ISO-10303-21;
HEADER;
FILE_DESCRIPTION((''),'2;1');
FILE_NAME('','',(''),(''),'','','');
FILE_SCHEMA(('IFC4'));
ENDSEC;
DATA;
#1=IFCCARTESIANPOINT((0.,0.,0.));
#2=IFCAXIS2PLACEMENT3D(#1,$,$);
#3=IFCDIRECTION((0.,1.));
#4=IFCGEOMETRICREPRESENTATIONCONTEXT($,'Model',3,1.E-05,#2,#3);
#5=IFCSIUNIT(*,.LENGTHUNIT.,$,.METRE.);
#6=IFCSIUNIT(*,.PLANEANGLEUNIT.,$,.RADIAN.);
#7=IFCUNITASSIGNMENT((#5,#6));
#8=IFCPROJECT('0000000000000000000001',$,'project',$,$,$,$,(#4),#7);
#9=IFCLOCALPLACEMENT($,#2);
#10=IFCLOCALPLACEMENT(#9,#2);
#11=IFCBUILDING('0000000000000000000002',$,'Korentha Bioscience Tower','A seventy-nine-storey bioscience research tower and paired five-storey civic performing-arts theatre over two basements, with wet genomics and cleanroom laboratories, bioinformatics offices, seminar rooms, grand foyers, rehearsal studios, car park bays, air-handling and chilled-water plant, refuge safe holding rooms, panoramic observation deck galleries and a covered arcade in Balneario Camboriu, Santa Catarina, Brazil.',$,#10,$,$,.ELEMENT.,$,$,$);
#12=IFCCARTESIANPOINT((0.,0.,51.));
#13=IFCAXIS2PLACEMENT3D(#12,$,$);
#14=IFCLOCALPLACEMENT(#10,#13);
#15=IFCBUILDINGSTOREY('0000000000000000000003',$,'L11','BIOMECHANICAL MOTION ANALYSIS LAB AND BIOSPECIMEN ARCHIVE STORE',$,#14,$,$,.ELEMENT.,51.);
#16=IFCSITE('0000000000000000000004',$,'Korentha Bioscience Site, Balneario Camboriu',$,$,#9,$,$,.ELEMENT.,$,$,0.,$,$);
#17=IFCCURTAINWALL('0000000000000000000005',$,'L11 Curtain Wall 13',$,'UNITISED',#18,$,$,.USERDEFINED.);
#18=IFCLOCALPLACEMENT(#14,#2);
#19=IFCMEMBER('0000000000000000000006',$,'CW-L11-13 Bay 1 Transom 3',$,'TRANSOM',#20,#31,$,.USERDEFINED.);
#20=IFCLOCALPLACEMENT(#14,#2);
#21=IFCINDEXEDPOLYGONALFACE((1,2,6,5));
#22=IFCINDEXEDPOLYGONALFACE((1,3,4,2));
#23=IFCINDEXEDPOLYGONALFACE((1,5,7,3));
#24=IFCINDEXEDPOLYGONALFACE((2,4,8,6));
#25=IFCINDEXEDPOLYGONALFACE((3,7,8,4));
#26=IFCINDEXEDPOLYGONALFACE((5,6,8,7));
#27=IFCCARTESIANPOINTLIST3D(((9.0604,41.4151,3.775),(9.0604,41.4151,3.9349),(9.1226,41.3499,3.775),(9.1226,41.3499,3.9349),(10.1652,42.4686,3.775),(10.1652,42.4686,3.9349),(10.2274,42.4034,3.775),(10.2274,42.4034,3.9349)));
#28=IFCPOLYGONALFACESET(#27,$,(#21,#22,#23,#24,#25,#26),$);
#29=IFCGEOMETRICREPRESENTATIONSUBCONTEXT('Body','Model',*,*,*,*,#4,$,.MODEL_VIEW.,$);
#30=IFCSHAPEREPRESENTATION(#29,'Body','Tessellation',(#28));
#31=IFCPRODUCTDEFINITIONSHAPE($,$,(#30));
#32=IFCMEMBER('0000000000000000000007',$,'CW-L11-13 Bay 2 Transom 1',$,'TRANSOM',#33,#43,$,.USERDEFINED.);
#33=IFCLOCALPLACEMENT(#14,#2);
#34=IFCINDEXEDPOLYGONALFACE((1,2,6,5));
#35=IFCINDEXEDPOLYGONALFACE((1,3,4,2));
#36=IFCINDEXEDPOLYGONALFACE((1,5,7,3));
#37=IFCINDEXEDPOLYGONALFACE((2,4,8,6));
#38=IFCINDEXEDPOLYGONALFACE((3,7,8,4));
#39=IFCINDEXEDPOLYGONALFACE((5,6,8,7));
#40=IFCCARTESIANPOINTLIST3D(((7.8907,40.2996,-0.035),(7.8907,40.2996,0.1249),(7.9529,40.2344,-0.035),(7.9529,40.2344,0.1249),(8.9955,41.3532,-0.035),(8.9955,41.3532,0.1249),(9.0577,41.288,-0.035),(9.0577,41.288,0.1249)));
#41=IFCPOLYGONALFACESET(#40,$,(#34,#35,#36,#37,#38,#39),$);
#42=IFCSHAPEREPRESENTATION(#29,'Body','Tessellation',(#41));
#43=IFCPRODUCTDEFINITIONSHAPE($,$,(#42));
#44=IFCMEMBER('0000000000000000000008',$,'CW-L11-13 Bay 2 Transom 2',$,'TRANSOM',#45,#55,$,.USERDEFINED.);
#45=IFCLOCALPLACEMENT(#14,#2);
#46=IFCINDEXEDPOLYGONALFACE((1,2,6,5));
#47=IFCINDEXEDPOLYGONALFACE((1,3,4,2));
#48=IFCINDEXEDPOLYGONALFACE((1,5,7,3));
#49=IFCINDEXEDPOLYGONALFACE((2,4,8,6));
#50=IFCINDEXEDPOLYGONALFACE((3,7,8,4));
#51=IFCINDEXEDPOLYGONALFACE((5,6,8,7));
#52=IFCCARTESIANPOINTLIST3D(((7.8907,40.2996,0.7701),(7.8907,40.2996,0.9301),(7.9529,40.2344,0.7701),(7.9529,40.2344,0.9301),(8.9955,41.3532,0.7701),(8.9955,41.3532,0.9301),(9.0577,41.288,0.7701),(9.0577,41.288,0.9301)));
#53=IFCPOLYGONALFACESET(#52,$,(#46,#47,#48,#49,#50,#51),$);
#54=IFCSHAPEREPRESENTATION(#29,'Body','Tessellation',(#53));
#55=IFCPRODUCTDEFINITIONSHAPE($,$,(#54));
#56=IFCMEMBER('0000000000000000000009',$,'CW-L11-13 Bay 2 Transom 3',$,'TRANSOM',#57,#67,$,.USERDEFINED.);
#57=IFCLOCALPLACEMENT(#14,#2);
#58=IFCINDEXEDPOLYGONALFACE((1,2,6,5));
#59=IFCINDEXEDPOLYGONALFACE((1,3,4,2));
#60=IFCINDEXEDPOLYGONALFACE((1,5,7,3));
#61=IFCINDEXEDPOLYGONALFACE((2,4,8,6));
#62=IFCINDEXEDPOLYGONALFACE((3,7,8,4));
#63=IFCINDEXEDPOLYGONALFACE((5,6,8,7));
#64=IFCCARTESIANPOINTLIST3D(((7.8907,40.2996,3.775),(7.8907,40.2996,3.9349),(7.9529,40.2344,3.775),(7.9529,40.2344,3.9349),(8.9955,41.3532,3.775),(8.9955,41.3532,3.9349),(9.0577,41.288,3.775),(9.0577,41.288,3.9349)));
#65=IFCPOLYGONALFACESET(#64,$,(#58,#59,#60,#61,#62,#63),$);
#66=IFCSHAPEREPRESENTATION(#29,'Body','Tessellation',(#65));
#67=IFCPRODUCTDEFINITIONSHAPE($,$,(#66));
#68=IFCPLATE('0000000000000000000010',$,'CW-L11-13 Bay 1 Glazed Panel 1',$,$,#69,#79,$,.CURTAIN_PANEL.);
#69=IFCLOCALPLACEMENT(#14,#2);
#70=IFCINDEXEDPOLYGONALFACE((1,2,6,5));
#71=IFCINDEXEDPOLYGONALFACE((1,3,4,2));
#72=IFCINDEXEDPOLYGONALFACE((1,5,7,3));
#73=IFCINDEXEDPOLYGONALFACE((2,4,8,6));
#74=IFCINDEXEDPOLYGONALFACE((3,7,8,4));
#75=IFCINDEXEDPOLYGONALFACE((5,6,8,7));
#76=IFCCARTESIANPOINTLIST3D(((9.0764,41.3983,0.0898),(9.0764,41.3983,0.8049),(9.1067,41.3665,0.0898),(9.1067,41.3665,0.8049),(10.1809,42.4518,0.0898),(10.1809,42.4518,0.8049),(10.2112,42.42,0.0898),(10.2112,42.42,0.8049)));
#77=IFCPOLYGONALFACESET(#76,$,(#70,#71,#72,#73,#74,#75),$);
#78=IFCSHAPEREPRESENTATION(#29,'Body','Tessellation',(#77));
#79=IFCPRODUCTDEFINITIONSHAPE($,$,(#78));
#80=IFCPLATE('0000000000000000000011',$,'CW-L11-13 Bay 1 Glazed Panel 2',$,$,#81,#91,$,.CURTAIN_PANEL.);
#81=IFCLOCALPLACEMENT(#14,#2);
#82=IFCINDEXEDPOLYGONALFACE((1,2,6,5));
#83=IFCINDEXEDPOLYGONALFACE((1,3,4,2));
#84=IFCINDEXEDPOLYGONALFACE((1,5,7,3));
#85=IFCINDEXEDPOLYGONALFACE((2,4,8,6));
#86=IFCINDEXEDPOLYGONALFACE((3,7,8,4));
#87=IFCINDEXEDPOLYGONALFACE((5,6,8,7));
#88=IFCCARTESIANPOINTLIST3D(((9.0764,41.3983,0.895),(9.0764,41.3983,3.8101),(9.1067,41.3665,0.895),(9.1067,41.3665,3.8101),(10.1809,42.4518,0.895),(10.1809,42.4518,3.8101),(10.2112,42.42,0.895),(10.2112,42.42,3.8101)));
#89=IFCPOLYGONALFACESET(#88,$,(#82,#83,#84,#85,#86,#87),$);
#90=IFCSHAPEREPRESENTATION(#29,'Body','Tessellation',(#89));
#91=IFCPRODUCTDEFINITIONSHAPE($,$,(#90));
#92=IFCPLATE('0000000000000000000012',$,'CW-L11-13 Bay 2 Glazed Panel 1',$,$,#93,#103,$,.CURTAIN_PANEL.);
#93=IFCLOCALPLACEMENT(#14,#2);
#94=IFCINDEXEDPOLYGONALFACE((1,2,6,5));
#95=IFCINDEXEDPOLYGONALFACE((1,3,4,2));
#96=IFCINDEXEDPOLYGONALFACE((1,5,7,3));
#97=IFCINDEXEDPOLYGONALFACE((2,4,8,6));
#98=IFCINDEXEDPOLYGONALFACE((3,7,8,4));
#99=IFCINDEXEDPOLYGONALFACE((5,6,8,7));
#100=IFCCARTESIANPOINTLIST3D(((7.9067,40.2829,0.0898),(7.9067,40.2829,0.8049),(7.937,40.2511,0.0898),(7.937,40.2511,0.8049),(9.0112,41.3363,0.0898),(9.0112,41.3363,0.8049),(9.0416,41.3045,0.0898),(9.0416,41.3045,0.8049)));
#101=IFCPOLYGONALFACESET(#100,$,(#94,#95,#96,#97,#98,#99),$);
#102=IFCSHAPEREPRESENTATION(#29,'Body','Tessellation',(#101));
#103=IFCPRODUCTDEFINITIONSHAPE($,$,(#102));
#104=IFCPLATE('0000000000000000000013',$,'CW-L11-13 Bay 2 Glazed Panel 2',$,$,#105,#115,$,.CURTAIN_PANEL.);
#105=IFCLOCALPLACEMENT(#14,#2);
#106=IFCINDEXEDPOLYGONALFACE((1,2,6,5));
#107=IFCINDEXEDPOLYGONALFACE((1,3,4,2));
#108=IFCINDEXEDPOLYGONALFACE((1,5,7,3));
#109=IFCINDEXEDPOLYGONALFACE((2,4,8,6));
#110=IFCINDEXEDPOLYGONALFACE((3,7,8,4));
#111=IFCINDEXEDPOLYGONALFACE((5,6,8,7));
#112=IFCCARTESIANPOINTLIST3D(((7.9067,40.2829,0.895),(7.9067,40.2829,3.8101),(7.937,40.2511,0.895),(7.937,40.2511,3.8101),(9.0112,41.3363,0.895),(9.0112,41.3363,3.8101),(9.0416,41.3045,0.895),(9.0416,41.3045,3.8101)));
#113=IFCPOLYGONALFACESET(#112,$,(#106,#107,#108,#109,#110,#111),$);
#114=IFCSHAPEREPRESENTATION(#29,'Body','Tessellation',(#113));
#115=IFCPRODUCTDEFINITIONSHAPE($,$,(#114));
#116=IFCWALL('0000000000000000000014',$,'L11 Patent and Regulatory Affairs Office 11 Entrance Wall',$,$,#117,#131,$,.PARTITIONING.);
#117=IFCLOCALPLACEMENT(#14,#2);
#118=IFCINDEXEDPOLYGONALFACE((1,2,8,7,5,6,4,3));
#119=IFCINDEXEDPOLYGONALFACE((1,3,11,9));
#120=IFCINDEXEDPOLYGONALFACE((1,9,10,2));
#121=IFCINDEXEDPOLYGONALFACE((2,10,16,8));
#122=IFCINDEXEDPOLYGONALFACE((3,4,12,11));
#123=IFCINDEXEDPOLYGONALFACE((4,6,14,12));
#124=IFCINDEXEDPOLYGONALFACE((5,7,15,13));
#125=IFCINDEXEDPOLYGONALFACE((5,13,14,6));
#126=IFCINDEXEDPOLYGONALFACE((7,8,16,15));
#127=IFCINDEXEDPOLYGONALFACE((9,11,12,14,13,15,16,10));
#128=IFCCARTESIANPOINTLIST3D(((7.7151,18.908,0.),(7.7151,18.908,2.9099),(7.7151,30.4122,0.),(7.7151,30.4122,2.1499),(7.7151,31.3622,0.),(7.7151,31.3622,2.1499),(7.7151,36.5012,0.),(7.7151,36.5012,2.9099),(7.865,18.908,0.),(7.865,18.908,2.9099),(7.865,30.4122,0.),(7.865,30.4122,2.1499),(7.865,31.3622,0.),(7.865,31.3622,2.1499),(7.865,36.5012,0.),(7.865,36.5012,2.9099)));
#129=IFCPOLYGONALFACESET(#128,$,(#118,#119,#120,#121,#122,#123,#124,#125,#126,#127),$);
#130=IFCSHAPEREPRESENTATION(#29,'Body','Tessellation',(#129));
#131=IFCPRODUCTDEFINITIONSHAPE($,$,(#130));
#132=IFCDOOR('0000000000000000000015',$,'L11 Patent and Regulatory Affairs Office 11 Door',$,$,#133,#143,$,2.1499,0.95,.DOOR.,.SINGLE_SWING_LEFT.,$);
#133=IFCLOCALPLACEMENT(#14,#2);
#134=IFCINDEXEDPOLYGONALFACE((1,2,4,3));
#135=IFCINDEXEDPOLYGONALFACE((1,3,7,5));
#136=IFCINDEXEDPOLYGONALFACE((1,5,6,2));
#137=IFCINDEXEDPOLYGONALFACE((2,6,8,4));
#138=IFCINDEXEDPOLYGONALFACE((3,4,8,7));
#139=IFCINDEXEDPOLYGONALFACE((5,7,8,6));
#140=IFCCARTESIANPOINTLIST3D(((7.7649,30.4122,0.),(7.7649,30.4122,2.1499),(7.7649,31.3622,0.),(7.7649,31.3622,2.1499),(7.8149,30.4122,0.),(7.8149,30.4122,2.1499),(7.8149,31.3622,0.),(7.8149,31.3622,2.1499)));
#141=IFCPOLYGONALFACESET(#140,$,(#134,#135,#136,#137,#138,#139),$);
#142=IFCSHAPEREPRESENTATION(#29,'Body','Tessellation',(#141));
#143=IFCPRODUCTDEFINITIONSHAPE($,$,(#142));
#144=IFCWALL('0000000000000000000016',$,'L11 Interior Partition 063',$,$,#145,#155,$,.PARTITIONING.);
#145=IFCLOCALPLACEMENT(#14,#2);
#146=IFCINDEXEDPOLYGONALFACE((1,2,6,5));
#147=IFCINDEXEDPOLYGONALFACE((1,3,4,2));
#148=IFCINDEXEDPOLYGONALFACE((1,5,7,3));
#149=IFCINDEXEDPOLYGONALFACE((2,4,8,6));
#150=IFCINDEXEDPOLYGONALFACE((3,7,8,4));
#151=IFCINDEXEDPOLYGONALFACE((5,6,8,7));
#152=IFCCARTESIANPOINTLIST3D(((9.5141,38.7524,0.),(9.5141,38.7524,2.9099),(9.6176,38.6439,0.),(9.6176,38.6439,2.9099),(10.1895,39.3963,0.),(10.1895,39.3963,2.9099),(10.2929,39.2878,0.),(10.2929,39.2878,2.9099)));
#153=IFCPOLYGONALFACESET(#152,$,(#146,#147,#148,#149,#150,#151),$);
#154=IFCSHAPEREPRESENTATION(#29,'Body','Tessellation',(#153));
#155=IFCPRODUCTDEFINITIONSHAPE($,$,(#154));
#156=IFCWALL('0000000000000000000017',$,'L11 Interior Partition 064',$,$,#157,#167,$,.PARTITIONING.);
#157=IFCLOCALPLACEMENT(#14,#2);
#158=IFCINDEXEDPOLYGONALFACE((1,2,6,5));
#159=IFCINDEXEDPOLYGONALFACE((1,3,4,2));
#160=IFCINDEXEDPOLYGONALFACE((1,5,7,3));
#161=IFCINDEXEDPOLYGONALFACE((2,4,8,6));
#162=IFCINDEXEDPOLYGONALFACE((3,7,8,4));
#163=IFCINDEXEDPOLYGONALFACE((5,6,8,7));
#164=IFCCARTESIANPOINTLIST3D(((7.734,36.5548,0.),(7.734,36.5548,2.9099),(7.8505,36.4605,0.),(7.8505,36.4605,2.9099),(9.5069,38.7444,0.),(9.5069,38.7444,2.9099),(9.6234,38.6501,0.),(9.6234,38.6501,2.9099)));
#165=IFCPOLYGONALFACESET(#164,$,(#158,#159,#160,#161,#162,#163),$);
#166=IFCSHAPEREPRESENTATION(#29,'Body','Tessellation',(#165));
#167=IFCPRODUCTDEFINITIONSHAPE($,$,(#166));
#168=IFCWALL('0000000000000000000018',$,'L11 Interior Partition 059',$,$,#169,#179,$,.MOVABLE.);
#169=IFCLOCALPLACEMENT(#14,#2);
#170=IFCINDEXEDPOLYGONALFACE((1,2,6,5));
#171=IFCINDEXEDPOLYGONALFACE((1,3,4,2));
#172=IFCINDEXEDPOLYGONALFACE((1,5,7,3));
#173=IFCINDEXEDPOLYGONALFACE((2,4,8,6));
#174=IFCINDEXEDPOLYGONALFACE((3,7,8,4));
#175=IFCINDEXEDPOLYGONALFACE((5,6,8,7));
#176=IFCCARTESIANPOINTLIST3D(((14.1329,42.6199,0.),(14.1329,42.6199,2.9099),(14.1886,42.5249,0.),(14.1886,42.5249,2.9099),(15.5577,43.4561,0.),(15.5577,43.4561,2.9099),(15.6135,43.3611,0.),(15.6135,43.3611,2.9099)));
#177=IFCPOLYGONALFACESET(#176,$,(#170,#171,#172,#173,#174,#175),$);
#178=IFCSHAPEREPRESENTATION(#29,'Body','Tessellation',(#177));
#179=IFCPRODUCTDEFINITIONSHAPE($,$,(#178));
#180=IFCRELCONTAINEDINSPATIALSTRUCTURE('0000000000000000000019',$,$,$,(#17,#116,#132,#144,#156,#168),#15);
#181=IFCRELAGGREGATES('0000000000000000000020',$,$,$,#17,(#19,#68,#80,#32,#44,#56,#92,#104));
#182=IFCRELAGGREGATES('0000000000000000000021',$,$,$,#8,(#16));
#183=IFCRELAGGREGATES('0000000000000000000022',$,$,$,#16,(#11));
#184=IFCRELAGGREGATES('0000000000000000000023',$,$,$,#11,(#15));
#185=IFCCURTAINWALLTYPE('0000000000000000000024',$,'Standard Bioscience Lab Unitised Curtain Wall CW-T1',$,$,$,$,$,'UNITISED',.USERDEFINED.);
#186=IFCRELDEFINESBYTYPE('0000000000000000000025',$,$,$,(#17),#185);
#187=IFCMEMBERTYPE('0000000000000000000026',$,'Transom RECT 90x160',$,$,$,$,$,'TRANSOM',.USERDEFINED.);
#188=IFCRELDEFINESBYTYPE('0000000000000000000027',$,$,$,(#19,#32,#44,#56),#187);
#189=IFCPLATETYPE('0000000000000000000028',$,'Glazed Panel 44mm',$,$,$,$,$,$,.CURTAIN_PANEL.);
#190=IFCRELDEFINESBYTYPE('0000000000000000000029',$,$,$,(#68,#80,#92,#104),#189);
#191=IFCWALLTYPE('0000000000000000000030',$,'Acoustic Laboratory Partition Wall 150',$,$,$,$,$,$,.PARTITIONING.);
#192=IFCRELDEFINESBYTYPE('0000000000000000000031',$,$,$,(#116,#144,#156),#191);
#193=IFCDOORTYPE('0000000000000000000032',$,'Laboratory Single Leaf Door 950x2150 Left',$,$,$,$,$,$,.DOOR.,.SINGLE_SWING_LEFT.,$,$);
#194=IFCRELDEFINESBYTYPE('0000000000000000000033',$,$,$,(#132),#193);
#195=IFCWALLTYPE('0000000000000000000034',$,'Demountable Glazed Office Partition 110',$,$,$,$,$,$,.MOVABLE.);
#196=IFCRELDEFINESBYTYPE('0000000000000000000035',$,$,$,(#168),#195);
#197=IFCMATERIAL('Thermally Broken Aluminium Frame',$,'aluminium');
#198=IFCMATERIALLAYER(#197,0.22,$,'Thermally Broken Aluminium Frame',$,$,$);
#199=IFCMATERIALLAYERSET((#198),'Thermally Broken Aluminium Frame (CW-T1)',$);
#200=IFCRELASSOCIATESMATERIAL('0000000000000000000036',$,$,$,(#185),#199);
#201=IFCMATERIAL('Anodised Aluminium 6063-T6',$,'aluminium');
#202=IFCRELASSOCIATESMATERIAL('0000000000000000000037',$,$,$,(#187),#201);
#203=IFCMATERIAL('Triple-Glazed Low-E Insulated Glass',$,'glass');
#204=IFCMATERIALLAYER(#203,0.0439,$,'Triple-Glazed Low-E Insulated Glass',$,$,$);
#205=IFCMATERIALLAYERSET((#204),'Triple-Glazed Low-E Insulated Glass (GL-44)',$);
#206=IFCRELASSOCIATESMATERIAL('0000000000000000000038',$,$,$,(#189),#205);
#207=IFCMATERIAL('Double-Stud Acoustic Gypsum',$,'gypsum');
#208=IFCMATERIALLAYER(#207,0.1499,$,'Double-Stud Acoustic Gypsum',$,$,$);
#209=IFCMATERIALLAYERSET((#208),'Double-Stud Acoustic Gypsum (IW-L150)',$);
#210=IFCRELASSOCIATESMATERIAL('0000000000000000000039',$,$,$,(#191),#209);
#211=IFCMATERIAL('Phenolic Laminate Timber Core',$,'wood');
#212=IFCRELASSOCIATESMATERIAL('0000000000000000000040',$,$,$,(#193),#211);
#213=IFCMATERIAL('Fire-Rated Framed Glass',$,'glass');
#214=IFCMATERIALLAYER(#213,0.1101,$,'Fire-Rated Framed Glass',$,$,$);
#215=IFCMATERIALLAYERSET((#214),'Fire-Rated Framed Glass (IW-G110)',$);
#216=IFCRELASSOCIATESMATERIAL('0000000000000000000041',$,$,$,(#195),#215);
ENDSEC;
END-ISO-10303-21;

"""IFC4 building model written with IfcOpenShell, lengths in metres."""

from ifc_helpers import new_model, si_unit, direction, frame, frame_2d, origin, origin_2d, place, context, subcontext, project, spatial, rectangle, extrude, material, layer, layer_set, material_profile, profile_set, type_object, element, fill, aggregate, save


model = new_model("IFC4")

# Units and contexts
model_context = context("Model", 3, precision=1e-05, world=origin(), true_north=direction((0.0, 1.0)))
body_context = subcontext(model_context, "Body", "Model", "MODEL_VIEW")
ifc_project = project(units=[si_unit("LENGTHUNIT", "METRE"), si_unit("PLANEANGLEUNIT", "RADIAN")], contexts=[model_context])

# Site, building, storey
site_placement = place(None, origin())
site = spatial("IfcSite", under=ifc_project, at=site_placement, Name="Korentha Bioscience Site, Balneario Camboriu", CompositionType="ELEMENT", RefElevation=0.0)
building_placement = place(site_placement, origin())
building = spatial("IfcBuilding", under=site, at=building_placement, Name="Korentha Bioscience Tower", Description="A seventy-nine-storey bioscience research tower and paired five-storey civic performing-arts theatre over two basements, with wet genomics and cleanroom laboratories, bioinformatics offices, seminar rooms, grand foyers, rehearsal studios, car park bays, air-handling and chilled-water plant, refuge safe holding rooms, panoramic observation deck galleries and a covered arcade in Balneario Camboriu, Santa Catarina, Brazil.", CompositionType="ELEMENT")
storey_placement = place(building_placement, frame((0.0, 0.0, 51.0)))
storey = spatial("IfcBuildingStorey", under=building, at=storey_placement, Name="L11", Description="BIOMECHANICAL MOTION ANALYSIS LAB AND BIOSPECIMEN ARCHIVE STORE", CompositionType="ELEMENT", Elevation=51.0)

# Curtain wall
ifc_material_1 = material(Name="Thermally Broken Aluminium Frame", Category="aluminium")
ifc_layer_1 = layer(ifc_material_1, 0.22, Name="Thermally Broken Aluminium Frame")
ifc_layer_set_1 = layer_set([ifc_layer_1], Name="Thermally Broken Aluminium Frame (CW-T1)")
curtain_wall_type = type_object("IfcCurtainWallType", Name="Standard Bioscience Lab Unitised Curtain Wall CW-T1", ElementType="UNITISED", PredefinedType="USERDEFINED", material=ifc_layer_set_1)
curtain_wall_placement = place(storey_placement, origin())
curtain_wall = element("IfcCurtainWall", 1, at=curtain_wall_placement, inside=storey, type_object=curtain_wall_type, Name="L11 Curtain Wall 13", ObjectType="UNITISED", PredefinedType="USERDEFINED")
ifc_material_2 = material(Name="Anodised Aluminium 6063-T6", Category="aluminium")

# Members
ifc_material_profile_1 = material_profile(ifc_material_2, rectangle(XDim=0.0901, YDim=0.1599, at=origin_2d()), Name="Anodised Aluminium 6063-T6")
ifc_profile_set_1 = profile_set([ifc_material_profile_1], Name="Anodised Aluminium 6063-T6 (CW-TRN)")
member_type_1 = type_object("IfcMemberType", Name="Transom RECT 90x160", ElementType="TRANSOM", PredefinedType="USERDEFINED", material=ifc_profile_set_1)
member_1_placement = place(storey_placement, frame((10.1963, 42.436, 3.855), z_axis=(-0.7237, -0.690114, 0.0), x_axis=(0.690114, -0.7237, 0.0)))
member_1 = element("IfcMember", 2, at=member_1_placement, type_object=member_type_1, Name="CW-L11-13 Bay 1 Transom 3", ObjectType="TRANSOM", PredefinedType="USERDEFINED", context=body_context, shape_type="SweptSolid", body=[
    extrude(rectangle(XDim=0.0901, YDim=0.1599, at=origin_2d()), origin(), (0.0, 0.0, 1.0), 1.5266),
])
member_2_placement = place(storey_placement, frame((9.0266, 41.3206, 0.0449), z_axis=(-0.7237, -0.690114, 0.0), x_axis=(0.690114, -0.7237, 0.0)))
member_2 = element("IfcMember", 3, at=member_2_placement, type_object=member_type_1, Name="CW-L11-13 Bay 2 Transom 1", ObjectType="TRANSOM", PredefinedType="USERDEFINED", context=body_context, shape_type="SweptSolid", body=[
    extrude(rectangle(XDim=0.0901, YDim=0.1599, at=origin_2d()), origin(), (0.0, 0.0, 1.0), 1.5266),
])
member_3_placement = place(storey_placement, frame((9.0266, 41.3206, 0.8501), z_axis=(-0.7237, -0.690114, 0.0), x_axis=(0.690114, -0.7237, 0.0)))
member_3 = element("IfcMember", 4, at=member_3_placement, type_object=member_type_1, Name="CW-L11-13 Bay 2 Transom 2", ObjectType="TRANSOM", PredefinedType="USERDEFINED", context=body_context, shape_type="SweptSolid", body=[
    extrude(rectangle(XDim=0.0901, YDim=0.1599, at=origin_2d()), origin(), (0.0, 0.0, 1.0), 1.5266),
])
member_4_placement = place(storey_placement, frame((9.0266, 41.3206, 3.855), z_axis=(-0.7237, -0.690114, 0.0), x_axis=(0.690114, -0.7237, 0.0)))
member_4 = element("IfcMember", 5, at=member_4_placement, type_object=member_type_1, Name="CW-L11-13 Bay 2 Transom 3", ObjectType="TRANSOM", PredefinedType="USERDEFINED", context=body_context, shape_type="SweptSolid", body=[
    extrude(rectangle(XDim=0.0901, YDim=0.1599, at=origin_2d()), origin(), (0.0, 0.0, 1.0), 1.5266),
])

# Plates
ifc_material_3 = material(Name="Triple-Glazed Low-E Insulated Glass", Category="glass")
ifc_layer_2 = layer(ifc_material_3, 0.0439, Name="Triple-Glazed Low-E Insulated Glass")
ifc_layer_set_2 = layer_set([ifc_layer_2], Name="Triple-Glazed Low-E Insulated Glass (GL-44)")
plate_type = type_object("IfcPlateType", Name="Glazed Panel 44mm", PredefinedType="CURTAIN_PANEL", material=ifc_layer_set_2)
plate_1_placement = place(storey_placement, frame((9.6438, 41.9092, 0.0898), z_axis=(0.0, 0.0, 1.0), x_axis=(-0.723642, -0.690176, 0.0)))
plate_1 = element("IfcPlate", 6, at=plate_1_placement, type_object=plate_type, Name="CW-L11-13 Bay 1 Glazed Panel 1", PredefinedType="CURTAIN_PANEL", context=body_context, shape_type="SweptSolid", body=[
    extrude(rectangle(XDim=1.5264, YDim=0.0439, at=origin_2d()), origin(), (0.0, 0.0, 1.0), 0.7151),
])
plate_2_placement = place(storey_placement, frame((9.6438, 41.9092, 0.895), z_axis=(0.0, 0.0, 1.0), x_axis=(-0.723642, -0.690176, 0.0)))
plate_2 = element("IfcPlate", 7, at=plate_2_placement, type_object=plate_type, Name="CW-L11-13 Bay 1 Glazed Panel 2", PredefinedType="CURTAIN_PANEL", context=body_context, shape_type="SweptSolid", body=[
    extrude(rectangle(XDim=1.5264, YDim=0.0439, at=origin_2d()), origin(), (0.0, 0.0, 1.0), 2.915),
])
plate_3_placement = place(storey_placement, frame((8.4741, 40.7937, 0.0898), z_axis=(0.0, 0.0, 1.0), x_axis=(-0.723642, -0.690176, 0.0)))
plate_3 = element("IfcPlate", 8, at=plate_3_placement, type_object=plate_type, Name="CW-L11-13 Bay 2 Glazed Panel 1", PredefinedType="CURTAIN_PANEL", context=body_context, shape_type="SweptSolid", body=[
    extrude(rectangle(XDim=1.5264, YDim=0.0439, at=origin_2d()), origin(), (0.0, 0.0, 1.0), 0.7151),
])
plate_4_placement = place(storey_placement, frame((8.4741, 40.7937, 0.895), z_axis=(0.0, 0.0, 1.0), x_axis=(-0.723642, -0.690176, 0.0)))
plate_4 = element("IfcPlate", 9, at=plate_4_placement, type_object=plate_type, Name="CW-L11-13 Bay 2 Glazed Panel 2", PredefinedType="CURTAIN_PANEL", context=body_context, shape_type="SweptSolid", body=[
    extrude(rectangle(XDim=1.5264, YDim=0.0439, at=origin_2d()), origin(), (0.0, 0.0, 1.0), 2.915),
])
aggregate(curtain_wall, [member_1, plate_1, plate_2, member_2, member_3, member_4, plate_3, plate_4])

# Wall, opening, door
ifc_material_4 = material(Name="Double-Stud Acoustic Gypsum", Category="gypsum")
ifc_layer_3 = layer(ifc_material_4, 0.1499, Name="Double-Stud Acoustic Gypsum")
ifc_layer_set_3 = layer_set([ifc_layer_3], Name="Double-Stud Acoustic Gypsum (IW-L150)")
wall_type_1 = type_object("IfcWallType", Name="Acoustic Laboratory Partition Wall 150", PredefinedType="PARTITIONING", material=ifc_layer_set_3)
wall_1_placement = place(storey_placement, frame((7.79, 36.5012, 0.0), z_axis=(0.0, 0.0, 1.0), x_axis=(0.0, -1.0, 0.0)))
wall_1 = element("IfcWall", 10, at=wall_1_placement, inside=storey, type_object=wall_type_1, Name="L11 Patent and Regulatory Affairs Office 11 Entrance Wall", PredefinedType="PARTITIONING", context=body_context, shape_type="SweptSolid", body=[
    extrude(rectangle(XDim=17.5933, YDim=0.1499, at=frame_2d((8.7966, 0.0))), origin(), (0.0, 0.0, 1.0), 2.9099),
])
opening_placement = place(wall_1_placement, frame((5.1389, 0.0, 0.0)))
opening = element("IfcOpeningElement", 11, at=opening_placement, cuts=wall_1, PredefinedType="OPENING", context=body_context, shape_type="SweptSolid", body=[
    extrude(rectangle(XDim=0.95, YDim=2.1499, at=frame_2d((0.4751, 1.075))), frame((0.0, 0.0898, 0.0), z_axis=(0.0, -1.0, 0.0), x_axis=(1.0, 0.0, 0.0)), (0.0, 0.0, 1.0), 0.1797),
])
ifc_material_5 = material(Name="Phenolic Laminate Timber Core", Category="wood")
door_type = type_object("IfcDoorType", Name="Laboratory Single Leaf Door 950x2150 Left", OperationType="SINGLE_SWING_LEFT", PredefinedType="DOOR", material=ifc_material_5)
door_placement = place(opening_placement, origin())
door = element("IfcDoor", 12, at=door_placement, inside=storey, type_object=door_type, Name="L11 Patent and Regulatory Affairs Office 11 Door", OperationType="SINGLE_SWING_LEFT", OverallHeight=2.1499, OverallWidth=0.95, PredefinedType="DOOR", context=body_context, shape_type="SweptSolid", body=[
    extrude(rectangle(XDim=0.95, YDim=2.1499, at=frame_2d((0.4751, 1.075))), frame((0.0, 0.0249, 0.0), z_axis=(0.0, -1.0, 0.0), x_axis=(1.0, 0.0, 0.0)), (0.0, 0.0, 1.0), 0.05),
])
fill(opening, door)

# Walls
wall_2_placement = place(storey_placement, frame((10.2412, 39.342, 0.0), z_axis=(0.0, 0.0, 1.0), x_axis=(-0.723783, -0.690028, 0.0)))
element("IfcWall", 13, at=wall_2_placement, inside=storey, type_object=wall_type_1, Name="L11 Interior Partition 063", PredefinedType="PARTITIONING", context=body_context, shape_type="SweptSolid", body=[
    extrude(rectangle(XDim=0.9331, YDim=0.1499, at=frame_2d((0.4666, 0.0))), origin(), (0.0, 0.0, 1.0), 2.9099),
])
wall_3_placement = place(storey_placement, frame((9.5652, 38.6973, 0.0), z_axis=(0.0, 0.0, 1.0), x_axis=(-0.629271, -0.777186, 0.0)))
element("IfcWall", 14, at=wall_3_placement, inside=storey, type_object=wall_type_1, Name="L11 Interior Partition 064", PredefinedType="PARTITIONING", context=body_context, shape_type="SweptSolid", body=[
    extrude(rectangle(XDim=2.8174, YDim=0.1499, at=frame_2d((1.4087, 0.0))), origin(), (0.0, 0.0, 1.0), 2.9099),
])
ifc_material_6 = material(Name="Fire-Rated Framed Glass", Category="glass")
ifc_layer_4 = layer(ifc_material_6, 0.1101, Name="Fire-Rated Framed Glass")
ifc_layer_set_4 = layer_set([ifc_layer_4], Name="Fire-Rated Framed Glass (IW-G110)")
wall_type_2 = type_object("IfcWallType", Name="Demountable Glazed Office Partition 110", PredefinedType="MOVABLE", material=ifc_layer_set_4)
wall_4_placement = place(storey_placement, frame((15.5857, 43.4087, 0.0), z_axis=(0.0, 0.0, 1.0), x_axis=(-0.862447, -0.506148, 0.0)))
element("IfcWall", 15, at=wall_4_placement, inside=storey, type_object=wall_type_2, Name="L11 Interior Partition 059", PredefinedType="MOVABLE", context=body_context, shape_type="SweptSolid", body=[
    extrude(rectangle(XDim=1.6521, YDim=0.1101, at=frame_2d((0.8262, 0.0))), origin(), (0.0, 0.0, 1.0), 2.9099),
])

save(model, "model.ifc")
